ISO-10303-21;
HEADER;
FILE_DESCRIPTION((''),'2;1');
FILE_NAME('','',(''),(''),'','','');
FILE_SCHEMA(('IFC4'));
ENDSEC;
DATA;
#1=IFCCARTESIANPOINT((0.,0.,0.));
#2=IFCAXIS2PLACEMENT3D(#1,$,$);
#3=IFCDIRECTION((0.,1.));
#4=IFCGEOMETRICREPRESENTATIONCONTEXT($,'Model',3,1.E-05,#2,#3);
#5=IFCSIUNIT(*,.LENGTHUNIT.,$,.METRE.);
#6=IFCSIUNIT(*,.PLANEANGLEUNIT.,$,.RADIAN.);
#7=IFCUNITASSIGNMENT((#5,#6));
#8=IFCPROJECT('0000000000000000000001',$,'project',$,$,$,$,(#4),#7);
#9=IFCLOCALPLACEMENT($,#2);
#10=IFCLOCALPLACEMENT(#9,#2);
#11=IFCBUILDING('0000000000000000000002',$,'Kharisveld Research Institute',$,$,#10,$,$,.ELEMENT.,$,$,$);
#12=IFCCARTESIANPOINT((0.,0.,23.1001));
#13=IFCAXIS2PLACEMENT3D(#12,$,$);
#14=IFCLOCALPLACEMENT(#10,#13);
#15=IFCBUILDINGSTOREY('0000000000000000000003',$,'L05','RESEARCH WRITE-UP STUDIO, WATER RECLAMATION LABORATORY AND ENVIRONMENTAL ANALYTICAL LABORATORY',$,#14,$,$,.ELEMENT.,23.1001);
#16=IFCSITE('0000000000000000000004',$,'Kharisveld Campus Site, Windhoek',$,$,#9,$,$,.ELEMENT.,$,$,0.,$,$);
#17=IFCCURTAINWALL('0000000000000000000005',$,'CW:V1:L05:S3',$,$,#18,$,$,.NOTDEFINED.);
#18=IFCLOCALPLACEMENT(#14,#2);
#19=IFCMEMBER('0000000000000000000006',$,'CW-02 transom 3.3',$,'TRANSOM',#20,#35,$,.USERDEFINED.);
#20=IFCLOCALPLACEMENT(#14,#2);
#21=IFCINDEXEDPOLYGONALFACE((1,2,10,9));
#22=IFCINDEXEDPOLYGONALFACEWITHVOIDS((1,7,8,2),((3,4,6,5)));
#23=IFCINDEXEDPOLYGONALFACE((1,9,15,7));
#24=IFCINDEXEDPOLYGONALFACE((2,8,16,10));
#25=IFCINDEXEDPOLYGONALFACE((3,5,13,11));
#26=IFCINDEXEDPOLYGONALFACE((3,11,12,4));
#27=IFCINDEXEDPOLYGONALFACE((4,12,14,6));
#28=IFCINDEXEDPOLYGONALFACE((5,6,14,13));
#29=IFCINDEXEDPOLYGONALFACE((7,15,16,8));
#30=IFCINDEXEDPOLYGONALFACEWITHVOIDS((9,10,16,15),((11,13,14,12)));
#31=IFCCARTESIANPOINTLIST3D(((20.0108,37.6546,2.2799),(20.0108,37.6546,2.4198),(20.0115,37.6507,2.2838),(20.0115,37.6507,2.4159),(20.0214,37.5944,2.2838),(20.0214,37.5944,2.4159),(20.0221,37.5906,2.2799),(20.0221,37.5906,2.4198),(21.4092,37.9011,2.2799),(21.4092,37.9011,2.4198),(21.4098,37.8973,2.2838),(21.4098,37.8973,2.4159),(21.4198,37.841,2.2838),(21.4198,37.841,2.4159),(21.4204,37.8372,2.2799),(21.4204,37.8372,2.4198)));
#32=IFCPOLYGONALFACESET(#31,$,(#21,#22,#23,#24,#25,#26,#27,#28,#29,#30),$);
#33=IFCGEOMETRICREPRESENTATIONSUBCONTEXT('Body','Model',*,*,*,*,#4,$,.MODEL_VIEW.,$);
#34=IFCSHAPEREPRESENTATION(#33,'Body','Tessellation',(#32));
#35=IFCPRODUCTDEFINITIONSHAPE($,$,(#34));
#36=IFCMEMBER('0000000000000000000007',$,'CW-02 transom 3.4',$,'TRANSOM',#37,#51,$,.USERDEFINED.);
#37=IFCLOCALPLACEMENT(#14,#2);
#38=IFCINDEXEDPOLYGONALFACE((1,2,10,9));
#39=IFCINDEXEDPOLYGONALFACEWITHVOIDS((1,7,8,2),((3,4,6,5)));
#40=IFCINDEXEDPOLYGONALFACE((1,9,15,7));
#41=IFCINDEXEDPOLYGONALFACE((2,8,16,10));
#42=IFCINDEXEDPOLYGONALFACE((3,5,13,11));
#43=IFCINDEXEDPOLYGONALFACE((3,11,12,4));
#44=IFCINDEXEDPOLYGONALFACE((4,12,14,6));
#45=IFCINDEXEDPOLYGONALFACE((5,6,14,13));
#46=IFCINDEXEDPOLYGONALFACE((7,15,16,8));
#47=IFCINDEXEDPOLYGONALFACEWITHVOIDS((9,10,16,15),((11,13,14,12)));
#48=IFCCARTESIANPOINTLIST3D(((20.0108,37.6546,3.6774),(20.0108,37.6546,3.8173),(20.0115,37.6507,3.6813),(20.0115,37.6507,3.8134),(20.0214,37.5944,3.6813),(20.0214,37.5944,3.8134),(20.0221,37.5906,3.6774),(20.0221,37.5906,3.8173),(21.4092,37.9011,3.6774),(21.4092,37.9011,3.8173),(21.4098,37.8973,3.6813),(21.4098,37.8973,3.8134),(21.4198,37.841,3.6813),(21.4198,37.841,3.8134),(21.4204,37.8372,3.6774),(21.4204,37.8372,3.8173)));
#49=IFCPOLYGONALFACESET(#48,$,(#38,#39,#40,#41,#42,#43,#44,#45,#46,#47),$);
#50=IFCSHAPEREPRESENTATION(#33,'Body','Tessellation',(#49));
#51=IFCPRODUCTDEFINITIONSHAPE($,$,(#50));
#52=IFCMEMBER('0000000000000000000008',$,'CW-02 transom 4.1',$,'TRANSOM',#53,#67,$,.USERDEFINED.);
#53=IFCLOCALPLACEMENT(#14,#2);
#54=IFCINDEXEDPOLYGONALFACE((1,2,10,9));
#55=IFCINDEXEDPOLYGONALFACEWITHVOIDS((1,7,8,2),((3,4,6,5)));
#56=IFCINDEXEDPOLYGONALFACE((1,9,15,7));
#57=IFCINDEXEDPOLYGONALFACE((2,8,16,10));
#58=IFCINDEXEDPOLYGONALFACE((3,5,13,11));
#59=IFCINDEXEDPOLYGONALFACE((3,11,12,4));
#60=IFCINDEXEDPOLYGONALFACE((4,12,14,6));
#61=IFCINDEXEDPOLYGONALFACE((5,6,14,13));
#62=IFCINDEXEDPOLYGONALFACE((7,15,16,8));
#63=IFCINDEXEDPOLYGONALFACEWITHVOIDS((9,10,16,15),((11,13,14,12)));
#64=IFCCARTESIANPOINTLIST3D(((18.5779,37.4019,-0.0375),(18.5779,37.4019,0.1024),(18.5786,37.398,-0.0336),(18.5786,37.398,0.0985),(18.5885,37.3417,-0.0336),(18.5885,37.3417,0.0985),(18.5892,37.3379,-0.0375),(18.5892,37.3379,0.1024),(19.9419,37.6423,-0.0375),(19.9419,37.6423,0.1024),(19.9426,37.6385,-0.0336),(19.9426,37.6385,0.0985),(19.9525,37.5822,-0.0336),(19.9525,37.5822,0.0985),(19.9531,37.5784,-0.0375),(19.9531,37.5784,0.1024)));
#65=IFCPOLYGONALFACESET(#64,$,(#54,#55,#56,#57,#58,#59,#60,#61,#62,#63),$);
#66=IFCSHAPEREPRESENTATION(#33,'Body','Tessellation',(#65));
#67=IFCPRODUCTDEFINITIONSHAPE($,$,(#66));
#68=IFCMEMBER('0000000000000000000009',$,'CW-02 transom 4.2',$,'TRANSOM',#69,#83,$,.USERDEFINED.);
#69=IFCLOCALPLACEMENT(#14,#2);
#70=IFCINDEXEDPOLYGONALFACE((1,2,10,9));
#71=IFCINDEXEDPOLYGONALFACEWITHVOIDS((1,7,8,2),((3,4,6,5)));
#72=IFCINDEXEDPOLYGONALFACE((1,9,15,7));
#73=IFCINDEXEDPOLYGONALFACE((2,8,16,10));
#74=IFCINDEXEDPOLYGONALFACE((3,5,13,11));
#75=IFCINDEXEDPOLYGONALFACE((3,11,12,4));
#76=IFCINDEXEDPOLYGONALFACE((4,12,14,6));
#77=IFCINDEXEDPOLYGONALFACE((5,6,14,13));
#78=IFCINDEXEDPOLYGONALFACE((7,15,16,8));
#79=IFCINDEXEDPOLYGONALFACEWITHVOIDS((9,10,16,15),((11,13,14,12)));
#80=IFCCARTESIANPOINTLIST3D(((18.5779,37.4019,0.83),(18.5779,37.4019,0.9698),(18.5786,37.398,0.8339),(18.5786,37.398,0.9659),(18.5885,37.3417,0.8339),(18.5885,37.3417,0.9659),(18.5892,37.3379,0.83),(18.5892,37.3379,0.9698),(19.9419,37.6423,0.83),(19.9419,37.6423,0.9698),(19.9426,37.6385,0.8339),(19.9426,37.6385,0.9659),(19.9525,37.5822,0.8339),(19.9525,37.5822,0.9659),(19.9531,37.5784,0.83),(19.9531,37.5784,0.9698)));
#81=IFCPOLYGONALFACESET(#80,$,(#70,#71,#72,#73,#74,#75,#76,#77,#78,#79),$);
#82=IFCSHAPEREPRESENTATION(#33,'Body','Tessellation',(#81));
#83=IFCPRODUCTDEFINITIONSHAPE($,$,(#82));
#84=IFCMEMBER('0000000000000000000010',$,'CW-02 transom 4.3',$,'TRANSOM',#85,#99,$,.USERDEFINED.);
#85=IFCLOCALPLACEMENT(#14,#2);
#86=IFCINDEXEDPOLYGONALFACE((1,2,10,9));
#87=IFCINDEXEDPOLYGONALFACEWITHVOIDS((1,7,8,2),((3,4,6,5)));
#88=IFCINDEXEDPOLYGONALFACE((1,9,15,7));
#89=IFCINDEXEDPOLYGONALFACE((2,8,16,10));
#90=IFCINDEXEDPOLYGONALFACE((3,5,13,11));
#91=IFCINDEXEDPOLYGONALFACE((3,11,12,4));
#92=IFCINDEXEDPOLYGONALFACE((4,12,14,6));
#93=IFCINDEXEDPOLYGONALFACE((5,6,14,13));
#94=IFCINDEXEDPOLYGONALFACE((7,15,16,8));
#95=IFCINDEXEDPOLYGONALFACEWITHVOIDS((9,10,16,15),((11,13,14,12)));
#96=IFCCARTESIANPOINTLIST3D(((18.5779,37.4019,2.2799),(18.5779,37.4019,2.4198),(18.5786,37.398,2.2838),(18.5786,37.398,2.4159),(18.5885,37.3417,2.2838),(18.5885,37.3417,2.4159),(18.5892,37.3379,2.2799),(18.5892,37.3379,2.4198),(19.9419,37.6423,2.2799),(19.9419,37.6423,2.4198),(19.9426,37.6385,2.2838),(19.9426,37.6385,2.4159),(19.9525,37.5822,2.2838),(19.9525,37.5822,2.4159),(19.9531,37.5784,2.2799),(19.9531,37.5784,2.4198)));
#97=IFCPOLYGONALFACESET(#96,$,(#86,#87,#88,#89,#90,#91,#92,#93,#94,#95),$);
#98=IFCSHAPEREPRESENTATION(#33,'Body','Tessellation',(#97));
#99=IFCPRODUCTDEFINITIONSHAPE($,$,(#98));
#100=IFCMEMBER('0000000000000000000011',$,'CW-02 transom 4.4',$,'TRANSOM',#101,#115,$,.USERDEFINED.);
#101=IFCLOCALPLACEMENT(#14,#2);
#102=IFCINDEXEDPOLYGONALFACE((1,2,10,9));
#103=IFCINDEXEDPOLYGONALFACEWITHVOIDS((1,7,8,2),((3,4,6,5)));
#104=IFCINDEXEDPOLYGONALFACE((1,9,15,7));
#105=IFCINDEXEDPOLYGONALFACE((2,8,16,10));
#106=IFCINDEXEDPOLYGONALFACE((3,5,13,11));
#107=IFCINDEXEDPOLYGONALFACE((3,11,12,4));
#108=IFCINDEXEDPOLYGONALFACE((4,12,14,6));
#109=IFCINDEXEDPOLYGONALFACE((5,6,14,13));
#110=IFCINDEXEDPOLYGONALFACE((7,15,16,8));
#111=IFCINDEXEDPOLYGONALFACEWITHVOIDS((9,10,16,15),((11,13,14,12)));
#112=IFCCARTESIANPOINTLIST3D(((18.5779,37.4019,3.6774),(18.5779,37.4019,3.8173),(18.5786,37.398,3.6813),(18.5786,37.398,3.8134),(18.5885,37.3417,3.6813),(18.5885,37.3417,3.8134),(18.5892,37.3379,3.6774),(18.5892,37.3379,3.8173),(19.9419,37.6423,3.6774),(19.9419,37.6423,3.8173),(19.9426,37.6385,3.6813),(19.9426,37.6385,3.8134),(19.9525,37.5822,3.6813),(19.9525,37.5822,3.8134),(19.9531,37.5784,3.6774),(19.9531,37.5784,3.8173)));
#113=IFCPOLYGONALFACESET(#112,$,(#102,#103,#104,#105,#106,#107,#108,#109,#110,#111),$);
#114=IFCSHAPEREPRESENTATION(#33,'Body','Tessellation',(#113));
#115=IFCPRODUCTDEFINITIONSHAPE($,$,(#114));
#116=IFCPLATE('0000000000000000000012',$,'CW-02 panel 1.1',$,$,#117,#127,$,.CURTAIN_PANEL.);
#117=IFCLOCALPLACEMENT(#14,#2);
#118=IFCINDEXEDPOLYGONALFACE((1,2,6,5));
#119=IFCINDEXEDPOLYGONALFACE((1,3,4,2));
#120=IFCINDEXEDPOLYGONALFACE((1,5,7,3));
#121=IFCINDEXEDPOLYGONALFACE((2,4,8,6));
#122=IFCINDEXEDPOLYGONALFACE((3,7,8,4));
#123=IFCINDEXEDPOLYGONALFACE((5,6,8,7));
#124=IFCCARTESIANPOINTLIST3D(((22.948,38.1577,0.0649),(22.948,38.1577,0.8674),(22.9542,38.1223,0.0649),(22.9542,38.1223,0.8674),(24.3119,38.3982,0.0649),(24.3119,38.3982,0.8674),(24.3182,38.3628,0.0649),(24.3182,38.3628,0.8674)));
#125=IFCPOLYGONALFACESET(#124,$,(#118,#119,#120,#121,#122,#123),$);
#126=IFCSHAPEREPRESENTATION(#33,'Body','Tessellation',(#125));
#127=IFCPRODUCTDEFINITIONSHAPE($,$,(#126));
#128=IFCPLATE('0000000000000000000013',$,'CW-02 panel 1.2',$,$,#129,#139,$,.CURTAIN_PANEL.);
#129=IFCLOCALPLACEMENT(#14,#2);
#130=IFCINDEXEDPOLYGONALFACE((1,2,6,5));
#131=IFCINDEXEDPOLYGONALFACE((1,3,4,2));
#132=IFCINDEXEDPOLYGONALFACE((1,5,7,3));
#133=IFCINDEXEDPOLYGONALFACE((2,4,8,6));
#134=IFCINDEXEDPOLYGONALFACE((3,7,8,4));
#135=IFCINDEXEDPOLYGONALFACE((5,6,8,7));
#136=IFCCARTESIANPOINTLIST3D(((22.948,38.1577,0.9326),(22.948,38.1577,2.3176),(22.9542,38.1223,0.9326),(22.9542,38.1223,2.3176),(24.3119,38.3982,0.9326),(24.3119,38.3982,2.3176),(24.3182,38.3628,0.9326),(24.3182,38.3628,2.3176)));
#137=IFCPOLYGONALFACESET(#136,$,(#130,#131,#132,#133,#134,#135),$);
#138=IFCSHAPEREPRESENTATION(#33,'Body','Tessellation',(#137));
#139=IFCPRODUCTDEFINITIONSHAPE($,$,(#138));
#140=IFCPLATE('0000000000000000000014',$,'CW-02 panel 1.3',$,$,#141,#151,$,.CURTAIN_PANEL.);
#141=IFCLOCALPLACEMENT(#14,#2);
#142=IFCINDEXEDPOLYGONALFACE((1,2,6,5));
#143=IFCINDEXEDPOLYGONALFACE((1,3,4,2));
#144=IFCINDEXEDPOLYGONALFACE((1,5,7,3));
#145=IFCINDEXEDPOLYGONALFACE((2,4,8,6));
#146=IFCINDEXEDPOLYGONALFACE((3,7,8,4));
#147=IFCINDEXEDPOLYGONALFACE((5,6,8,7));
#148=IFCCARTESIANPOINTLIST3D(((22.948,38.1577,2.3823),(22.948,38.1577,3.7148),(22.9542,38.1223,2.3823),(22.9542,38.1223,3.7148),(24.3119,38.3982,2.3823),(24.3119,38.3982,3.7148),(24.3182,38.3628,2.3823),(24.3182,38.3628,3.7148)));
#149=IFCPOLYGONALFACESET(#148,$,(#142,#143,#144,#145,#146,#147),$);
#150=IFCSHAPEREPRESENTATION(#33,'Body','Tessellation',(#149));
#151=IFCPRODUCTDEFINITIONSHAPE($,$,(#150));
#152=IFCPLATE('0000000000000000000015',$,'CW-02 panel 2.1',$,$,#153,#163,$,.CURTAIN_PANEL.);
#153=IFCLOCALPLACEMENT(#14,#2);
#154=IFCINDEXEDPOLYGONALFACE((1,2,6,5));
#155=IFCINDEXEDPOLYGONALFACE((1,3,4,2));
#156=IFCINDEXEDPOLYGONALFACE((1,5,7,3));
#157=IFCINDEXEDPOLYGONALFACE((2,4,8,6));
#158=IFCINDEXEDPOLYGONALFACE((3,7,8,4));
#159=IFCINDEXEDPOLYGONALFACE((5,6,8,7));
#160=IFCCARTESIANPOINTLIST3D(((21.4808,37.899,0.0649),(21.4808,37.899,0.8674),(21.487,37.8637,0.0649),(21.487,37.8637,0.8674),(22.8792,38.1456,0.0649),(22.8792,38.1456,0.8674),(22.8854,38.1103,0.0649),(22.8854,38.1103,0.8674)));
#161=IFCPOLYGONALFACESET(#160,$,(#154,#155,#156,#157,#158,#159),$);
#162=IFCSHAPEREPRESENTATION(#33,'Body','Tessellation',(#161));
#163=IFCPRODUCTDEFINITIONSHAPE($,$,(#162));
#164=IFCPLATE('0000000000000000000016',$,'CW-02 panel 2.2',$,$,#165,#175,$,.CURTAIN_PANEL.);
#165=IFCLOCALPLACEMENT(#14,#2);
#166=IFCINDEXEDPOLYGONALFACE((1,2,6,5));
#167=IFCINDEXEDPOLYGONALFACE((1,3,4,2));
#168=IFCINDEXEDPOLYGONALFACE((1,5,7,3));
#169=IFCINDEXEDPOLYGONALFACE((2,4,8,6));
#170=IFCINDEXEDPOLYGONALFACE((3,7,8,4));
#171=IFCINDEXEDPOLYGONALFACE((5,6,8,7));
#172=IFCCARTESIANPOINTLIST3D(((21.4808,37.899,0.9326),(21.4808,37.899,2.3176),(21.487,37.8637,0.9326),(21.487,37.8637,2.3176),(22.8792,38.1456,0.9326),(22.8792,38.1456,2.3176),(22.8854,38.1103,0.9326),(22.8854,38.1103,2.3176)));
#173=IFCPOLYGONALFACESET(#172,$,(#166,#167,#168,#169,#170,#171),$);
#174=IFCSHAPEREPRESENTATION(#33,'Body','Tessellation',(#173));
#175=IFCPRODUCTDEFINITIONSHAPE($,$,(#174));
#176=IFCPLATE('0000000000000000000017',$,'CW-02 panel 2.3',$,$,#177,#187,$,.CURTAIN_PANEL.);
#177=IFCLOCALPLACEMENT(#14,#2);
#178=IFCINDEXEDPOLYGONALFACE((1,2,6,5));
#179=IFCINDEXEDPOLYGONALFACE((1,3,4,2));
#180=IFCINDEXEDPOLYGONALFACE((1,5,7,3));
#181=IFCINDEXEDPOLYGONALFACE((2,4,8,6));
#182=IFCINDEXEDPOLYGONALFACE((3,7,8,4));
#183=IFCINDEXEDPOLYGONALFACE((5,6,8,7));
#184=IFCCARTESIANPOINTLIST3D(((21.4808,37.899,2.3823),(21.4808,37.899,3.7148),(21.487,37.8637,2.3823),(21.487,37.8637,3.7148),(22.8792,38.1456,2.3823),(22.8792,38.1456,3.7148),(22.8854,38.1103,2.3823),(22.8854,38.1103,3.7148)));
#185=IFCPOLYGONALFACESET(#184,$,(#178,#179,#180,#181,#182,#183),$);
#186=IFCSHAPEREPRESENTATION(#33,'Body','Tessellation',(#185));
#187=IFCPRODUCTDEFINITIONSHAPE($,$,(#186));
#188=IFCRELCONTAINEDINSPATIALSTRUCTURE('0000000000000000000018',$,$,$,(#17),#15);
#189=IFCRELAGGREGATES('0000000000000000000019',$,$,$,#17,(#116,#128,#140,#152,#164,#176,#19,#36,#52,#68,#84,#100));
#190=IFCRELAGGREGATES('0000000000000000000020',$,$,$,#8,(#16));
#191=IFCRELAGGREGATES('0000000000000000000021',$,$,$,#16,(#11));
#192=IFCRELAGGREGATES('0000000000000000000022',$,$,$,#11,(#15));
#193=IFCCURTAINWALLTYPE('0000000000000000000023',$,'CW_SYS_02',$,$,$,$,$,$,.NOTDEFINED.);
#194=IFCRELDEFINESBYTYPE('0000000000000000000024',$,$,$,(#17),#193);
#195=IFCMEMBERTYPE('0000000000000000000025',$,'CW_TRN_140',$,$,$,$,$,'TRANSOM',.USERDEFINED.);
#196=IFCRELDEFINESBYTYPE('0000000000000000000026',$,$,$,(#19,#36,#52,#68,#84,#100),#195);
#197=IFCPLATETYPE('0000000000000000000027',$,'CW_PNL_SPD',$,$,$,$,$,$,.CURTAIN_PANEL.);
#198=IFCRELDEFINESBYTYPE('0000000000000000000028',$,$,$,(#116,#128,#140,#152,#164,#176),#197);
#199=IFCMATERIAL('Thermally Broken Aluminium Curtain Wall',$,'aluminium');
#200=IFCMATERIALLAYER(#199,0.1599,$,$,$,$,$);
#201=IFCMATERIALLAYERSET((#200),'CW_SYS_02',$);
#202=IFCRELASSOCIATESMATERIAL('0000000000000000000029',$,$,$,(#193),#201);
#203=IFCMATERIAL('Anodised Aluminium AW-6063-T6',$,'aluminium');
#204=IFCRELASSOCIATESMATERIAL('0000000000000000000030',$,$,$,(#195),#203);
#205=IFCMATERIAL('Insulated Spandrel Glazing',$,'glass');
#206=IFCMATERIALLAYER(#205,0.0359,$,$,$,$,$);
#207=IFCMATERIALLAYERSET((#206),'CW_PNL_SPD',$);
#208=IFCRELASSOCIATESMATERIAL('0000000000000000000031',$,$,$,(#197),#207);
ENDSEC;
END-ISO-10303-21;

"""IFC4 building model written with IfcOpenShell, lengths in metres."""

from ifc_helpers import new_model, si_unit, direction, frame, origin, origin_2d, place, context, subcontext, project, spatial, rectangle, hollow_rectangle, extrude, material, layer, layer_set, material_profile, profile_set, type_object, element, aggregate, save


model = new_model("IFC4")

# Units and contexts
model_context = context("Model", 3, precision=1e-05, world=origin(), true_north=direction((0.0, 1.0)))
body_context = subcontext(model_context, "Body", "Model", "MODEL_VIEW")
ifc_project = project(units=[si_unit("LENGTHUNIT", "METRE"), si_unit("PLANEANGLEUNIT", "RADIAN")], contexts=[model_context])

# Site, building, storey
site_placement = place(None, origin())
site = spatial("IfcSite", under=ifc_project, at=site_placement, Name="Kharisveld Campus Site, Windhoek", CompositionType="ELEMENT", RefElevation=0.0)
building_placement = place(site_placement, origin())
building = spatial("IfcBuilding", under=site, at=building_placement, Name="Kharisveld Research Institute", CompositionType="ELEMENT")
storey_placement = place(building_placement, frame((0.0, 0.0, 23.1001)))
storey = spatial("IfcBuildingStorey", under=building, at=storey_placement, Name="L05", Description="RESEARCH WRITE-UP STUDIO, WATER RECLAMATION LABORATORY AND ENVIRONMENTAL ANALYTICAL LABORATORY", CompositionType="ELEMENT", Elevation=23.1001)

# Curtain wall, members, plates
ifc_material_1 = material(Name="Thermally Broken Aluminium Curtain Wall", Category="aluminium")
ifc_layer_1 = layer(ifc_material_1, 0.1599)
ifc_layer_set_1 = layer_set([ifc_layer_1], Name="CW_SYS_02")
curtain_wall_type = type_object("IfcCurtainWallType", Name="CW_SYS_02", PredefinedType="NOTDEFINED", material=ifc_layer_set_1)
curtain_wall_placement = place(storey_placement, origin())
curtain_wall = element("IfcCurtainWall", 1, at=curtain_wall_placement, inside=storey, type_object=curtain_wall_type, Name="CW:V1:L05:S3", PredefinedType="NOTDEFINED")
ifc_material_2 = material(Name="Anodised Aluminium AW-6063-T6", Category="aluminium")
ifc_material_profile_1 = material_profile(ifc_material_2, hollow_rectangle(XDim=0.0649, YDim=0.1399, WallThickness=0.0039, at=origin_2d()))
ifc_profile_set_1 = profile_set([ifc_material_profile_1], Name="Anodised Aluminium AW-6063-T6")
member_type_1 = type_object("IfcMemberType", Name="CW_TRN_140", ElementType="TRANSOM", PredefinedType="USERDEFINED", material=ifc_profile_set_1)
member_1_placement = place(storey_placement, frame((21.4148, 37.8691, 2.3499), z_axis=(-0.984808, -0.173648, 0.0), x_axis=(0.173648, -0.984808, 0.0)))
member_1 = element("IfcMember", 2, at=member_1_placement, type_object=member_type_1, Name="CW-02 transom 3.3", ObjectType="TRANSOM", PredefinedType="USERDEFINED", context=body_context, shape_type="SweptSolid", body=[
    extrude(hollow_rectangle(XDim=0.0649, YDim=0.1399, WallThickness=0.0039, at=origin_2d()), origin(), (0.0, 0.0, 1.0), 1.4199),
])
member_2_placement = place(storey_placement, frame((21.4148, 37.8691, 3.7473), z_axis=(-0.984808, -0.173648, 0.0), x_axis=(0.173648, -0.984808, 0.0)))
member_2 = element("IfcMember", 3, at=member_2_placement, type_object=member_type_1, Name="CW-02 transom 3.4", ObjectType="TRANSOM", PredefinedType="USERDEFINED", context=body_context, shape_type="SweptSolid", body=[
    extrude(hollow_rectangle(XDim=0.0649, YDim=0.1399, WallThickness=0.0039, at=origin_2d()), origin(), (0.0, 0.0, 1.0), 1.4199),
])
member_3_placement = place(storey_placement, frame((19.9475, 37.6104, 0.0325), z_axis=(-0.984812, -0.173624, 0.0), x_axis=(0.173624, -0.984812, 0.0)))
member_3 = element("IfcMember", 4, at=member_3_placement, type_object=member_type_1, Name="CW-02 transom 4.1", ObjectType="TRANSOM", PredefinedType="USERDEFINED", context=body_context, shape_type="SweptSolid", body=[
    extrude(hollow_rectangle(XDim=0.0649, YDim=0.1399, WallThickness=0.0039, at=origin_2d()), origin(), (0.0, 0.0, 1.0), 1.385),
])
member_4_placement = place(storey_placement, frame((19.9475, 37.6104, 0.8999), z_axis=(-0.984812, -0.173624, 0.0), x_axis=(0.173624, -0.984812, 0.0)))
member_4 = element("IfcMember", 5, at=member_4_placement, type_object=member_type_1, Name="CW-02 transom 4.2", ObjectType="TRANSOM", PredefinedType="USERDEFINED", context=body_context, shape_type="SweptSolid", body=[
    extrude(hollow_rectangle(XDim=0.0649, YDim=0.1399, WallThickness=0.0039, at=origin_2d()), origin(), (0.0, 0.0, 1.0), 1.385),
])
member_5_placement = place(storey_placement, frame((19.9475, 37.6104, 2.3499), z_axis=(-0.984812, -0.173624, 0.0), x_axis=(0.173624, -0.984812, 0.0)))
member_5 = element("IfcMember", 6, at=member_5_placement, type_object=member_type_1, Name="CW-02 transom 4.3", ObjectType="TRANSOM", PredefinedType="USERDEFINED", context=body_context, shape_type="SweptSolid", body=[
    extrude(hollow_rectangle(XDim=0.0649, YDim=0.1399, WallThickness=0.0039, at=origin_2d()), origin(), (0.0, 0.0, 1.0), 1.385),
])
member_6_placement = place(storey_placement, frame((19.9475, 37.6104, 3.7473), z_axis=(-0.984812, -0.173624, 0.0), x_axis=(0.173624, -0.984812, 0.0)))
member_6 = element("IfcMember", 7, at=member_6_placement, type_object=member_type_1, Name="CW-02 transom 4.4", ObjectType="TRANSOM", PredefinedType="USERDEFINED", context=body_context, shape_type="SweptSolid", body=[
    extrude(hollow_rectangle(XDim=0.0649, YDim=0.1399, WallThickness=0.0039, at=origin_2d()), origin(), (0.0, 0.0, 1.0), 1.385),
])
ifc_material_3 = material(Name="Insulated Spandrel Glazing", Category="glass")
ifc_layer_2 = layer(ifc_material_3, 0.0359)
ifc_layer_set_2 = layer_set([ifc_layer_2], Name="CW_PNL_SPD")
plate_type = type_object("IfcPlateType", Name="CW_PNL_SPD", PredefinedType="CURTAIN_PANEL", material=ifc_layer_set_2)
plate_1_placement = place(storey_placement, frame((23.6331, 38.2603, 0.0649), z_axis=(0.0, 0.0, 1.0), x_axis=(-0.984808, -0.173648, 0.0)))
plate_1 = element("IfcPlate", 8, at=plate_1_placement, type_object=plate_type, Name="CW-02 panel 1.1", PredefinedType="CURTAIN_PANEL", context=body_context, shape_type="SweptSolid", body=[
    extrude(rectangle(XDim=1.385, YDim=0.0359, at=origin_2d()), origin(), (0.0, 0.0, 1.0), 0.8025),
])
plate_2_placement = place(storey_placement, frame((23.6331, 38.2603, 0.9326), z_axis=(0.0, 0.0, 1.0), x_axis=(-0.984808, -0.173648, 0.0)))
plate_2 = element("IfcPlate", 9, at=plate_2_placement, type_object=plate_type, Name="CW-02 panel 1.2", PredefinedType="CURTAIN_PANEL", context=body_context, shape_type="SweptSolid", body=[
    extrude(rectangle(XDim=1.385, YDim=0.0359, at=origin_2d()), origin(), (0.0, 0.0, 1.0), 1.385),
])
plate_3_placement = place(storey_placement, frame((23.6331, 38.2603, 2.3823), z_axis=(0.0, 0.0, 1.0), x_axis=(-0.984808, -0.173648, 0.0)))
plate_3 = element("IfcPlate", 10, at=plate_3_placement, type_object=plate_type, Name="CW-02 panel 1.3", PredefinedType="CURTAIN_PANEL", context=body_context, shape_type="SweptSolid", body=[
    extrude(rectangle(XDim=1.385, YDim=0.0359, at=origin_2d()), origin(), (0.0, 0.0, 1.0), 1.3325),
])
plate_4_placement = place(storey_placement, frame((22.1831, 38.0046, 0.0649), z_axis=(0.0, 0.0, 1.0), x_axis=(-0.984808, -0.173648, 0.0)))
plate_4 = element("IfcPlate", 11, at=plate_4_placement, type_object=plate_type, Name="CW-02 panel 2.1", PredefinedType="CURTAIN_PANEL", context=body_context, shape_type="SweptSolid", body=[
    extrude(rectangle(XDim=1.4199, YDim=0.0359, at=origin_2d()), origin(), (0.0, 0.0, 1.0), 0.8025),
])
plate_5_placement = place(storey_placement, frame((22.1831, 38.0046, 0.9326), z_axis=(0.0, 0.0, 1.0), x_axis=(-0.984808, -0.173648, 0.0)))
plate_5 = element("IfcPlate", 12, at=plate_5_placement, type_object=plate_type, Name="CW-02 panel 2.2", PredefinedType="CURTAIN_PANEL", context=body_context, shape_type="SweptSolid", body=[
    extrude(rectangle(XDim=1.4199, YDim=0.0359, at=origin_2d()), origin(), (0.0, 0.0, 1.0), 1.385),
])
plate_6_placement = place(storey_placement, frame((22.1831, 38.0046, 2.3823), z_axis=(0.0, 0.0, 1.0), x_axis=(-0.984808, -0.173648, 0.0)))
plate_6 = element("IfcPlate", 13, at=plate_6_placement, type_object=plate_type, Name="CW-02 panel 2.3", PredefinedType="CURTAIN_PANEL", context=body_context, shape_type="SweptSolid", body=[
    extrude(rectangle(XDim=1.4199, YDim=0.0359, at=origin_2d()), origin(), (0.0, 0.0, 1.0), 1.3325),
])
aggregate(curtain_wall, [plate_1, plate_2, plate_3, plate_4, plate_5, plate_6, member_1, member_2, member_3, member_4, member_5, member_6])

save(model, "model.ifc")
